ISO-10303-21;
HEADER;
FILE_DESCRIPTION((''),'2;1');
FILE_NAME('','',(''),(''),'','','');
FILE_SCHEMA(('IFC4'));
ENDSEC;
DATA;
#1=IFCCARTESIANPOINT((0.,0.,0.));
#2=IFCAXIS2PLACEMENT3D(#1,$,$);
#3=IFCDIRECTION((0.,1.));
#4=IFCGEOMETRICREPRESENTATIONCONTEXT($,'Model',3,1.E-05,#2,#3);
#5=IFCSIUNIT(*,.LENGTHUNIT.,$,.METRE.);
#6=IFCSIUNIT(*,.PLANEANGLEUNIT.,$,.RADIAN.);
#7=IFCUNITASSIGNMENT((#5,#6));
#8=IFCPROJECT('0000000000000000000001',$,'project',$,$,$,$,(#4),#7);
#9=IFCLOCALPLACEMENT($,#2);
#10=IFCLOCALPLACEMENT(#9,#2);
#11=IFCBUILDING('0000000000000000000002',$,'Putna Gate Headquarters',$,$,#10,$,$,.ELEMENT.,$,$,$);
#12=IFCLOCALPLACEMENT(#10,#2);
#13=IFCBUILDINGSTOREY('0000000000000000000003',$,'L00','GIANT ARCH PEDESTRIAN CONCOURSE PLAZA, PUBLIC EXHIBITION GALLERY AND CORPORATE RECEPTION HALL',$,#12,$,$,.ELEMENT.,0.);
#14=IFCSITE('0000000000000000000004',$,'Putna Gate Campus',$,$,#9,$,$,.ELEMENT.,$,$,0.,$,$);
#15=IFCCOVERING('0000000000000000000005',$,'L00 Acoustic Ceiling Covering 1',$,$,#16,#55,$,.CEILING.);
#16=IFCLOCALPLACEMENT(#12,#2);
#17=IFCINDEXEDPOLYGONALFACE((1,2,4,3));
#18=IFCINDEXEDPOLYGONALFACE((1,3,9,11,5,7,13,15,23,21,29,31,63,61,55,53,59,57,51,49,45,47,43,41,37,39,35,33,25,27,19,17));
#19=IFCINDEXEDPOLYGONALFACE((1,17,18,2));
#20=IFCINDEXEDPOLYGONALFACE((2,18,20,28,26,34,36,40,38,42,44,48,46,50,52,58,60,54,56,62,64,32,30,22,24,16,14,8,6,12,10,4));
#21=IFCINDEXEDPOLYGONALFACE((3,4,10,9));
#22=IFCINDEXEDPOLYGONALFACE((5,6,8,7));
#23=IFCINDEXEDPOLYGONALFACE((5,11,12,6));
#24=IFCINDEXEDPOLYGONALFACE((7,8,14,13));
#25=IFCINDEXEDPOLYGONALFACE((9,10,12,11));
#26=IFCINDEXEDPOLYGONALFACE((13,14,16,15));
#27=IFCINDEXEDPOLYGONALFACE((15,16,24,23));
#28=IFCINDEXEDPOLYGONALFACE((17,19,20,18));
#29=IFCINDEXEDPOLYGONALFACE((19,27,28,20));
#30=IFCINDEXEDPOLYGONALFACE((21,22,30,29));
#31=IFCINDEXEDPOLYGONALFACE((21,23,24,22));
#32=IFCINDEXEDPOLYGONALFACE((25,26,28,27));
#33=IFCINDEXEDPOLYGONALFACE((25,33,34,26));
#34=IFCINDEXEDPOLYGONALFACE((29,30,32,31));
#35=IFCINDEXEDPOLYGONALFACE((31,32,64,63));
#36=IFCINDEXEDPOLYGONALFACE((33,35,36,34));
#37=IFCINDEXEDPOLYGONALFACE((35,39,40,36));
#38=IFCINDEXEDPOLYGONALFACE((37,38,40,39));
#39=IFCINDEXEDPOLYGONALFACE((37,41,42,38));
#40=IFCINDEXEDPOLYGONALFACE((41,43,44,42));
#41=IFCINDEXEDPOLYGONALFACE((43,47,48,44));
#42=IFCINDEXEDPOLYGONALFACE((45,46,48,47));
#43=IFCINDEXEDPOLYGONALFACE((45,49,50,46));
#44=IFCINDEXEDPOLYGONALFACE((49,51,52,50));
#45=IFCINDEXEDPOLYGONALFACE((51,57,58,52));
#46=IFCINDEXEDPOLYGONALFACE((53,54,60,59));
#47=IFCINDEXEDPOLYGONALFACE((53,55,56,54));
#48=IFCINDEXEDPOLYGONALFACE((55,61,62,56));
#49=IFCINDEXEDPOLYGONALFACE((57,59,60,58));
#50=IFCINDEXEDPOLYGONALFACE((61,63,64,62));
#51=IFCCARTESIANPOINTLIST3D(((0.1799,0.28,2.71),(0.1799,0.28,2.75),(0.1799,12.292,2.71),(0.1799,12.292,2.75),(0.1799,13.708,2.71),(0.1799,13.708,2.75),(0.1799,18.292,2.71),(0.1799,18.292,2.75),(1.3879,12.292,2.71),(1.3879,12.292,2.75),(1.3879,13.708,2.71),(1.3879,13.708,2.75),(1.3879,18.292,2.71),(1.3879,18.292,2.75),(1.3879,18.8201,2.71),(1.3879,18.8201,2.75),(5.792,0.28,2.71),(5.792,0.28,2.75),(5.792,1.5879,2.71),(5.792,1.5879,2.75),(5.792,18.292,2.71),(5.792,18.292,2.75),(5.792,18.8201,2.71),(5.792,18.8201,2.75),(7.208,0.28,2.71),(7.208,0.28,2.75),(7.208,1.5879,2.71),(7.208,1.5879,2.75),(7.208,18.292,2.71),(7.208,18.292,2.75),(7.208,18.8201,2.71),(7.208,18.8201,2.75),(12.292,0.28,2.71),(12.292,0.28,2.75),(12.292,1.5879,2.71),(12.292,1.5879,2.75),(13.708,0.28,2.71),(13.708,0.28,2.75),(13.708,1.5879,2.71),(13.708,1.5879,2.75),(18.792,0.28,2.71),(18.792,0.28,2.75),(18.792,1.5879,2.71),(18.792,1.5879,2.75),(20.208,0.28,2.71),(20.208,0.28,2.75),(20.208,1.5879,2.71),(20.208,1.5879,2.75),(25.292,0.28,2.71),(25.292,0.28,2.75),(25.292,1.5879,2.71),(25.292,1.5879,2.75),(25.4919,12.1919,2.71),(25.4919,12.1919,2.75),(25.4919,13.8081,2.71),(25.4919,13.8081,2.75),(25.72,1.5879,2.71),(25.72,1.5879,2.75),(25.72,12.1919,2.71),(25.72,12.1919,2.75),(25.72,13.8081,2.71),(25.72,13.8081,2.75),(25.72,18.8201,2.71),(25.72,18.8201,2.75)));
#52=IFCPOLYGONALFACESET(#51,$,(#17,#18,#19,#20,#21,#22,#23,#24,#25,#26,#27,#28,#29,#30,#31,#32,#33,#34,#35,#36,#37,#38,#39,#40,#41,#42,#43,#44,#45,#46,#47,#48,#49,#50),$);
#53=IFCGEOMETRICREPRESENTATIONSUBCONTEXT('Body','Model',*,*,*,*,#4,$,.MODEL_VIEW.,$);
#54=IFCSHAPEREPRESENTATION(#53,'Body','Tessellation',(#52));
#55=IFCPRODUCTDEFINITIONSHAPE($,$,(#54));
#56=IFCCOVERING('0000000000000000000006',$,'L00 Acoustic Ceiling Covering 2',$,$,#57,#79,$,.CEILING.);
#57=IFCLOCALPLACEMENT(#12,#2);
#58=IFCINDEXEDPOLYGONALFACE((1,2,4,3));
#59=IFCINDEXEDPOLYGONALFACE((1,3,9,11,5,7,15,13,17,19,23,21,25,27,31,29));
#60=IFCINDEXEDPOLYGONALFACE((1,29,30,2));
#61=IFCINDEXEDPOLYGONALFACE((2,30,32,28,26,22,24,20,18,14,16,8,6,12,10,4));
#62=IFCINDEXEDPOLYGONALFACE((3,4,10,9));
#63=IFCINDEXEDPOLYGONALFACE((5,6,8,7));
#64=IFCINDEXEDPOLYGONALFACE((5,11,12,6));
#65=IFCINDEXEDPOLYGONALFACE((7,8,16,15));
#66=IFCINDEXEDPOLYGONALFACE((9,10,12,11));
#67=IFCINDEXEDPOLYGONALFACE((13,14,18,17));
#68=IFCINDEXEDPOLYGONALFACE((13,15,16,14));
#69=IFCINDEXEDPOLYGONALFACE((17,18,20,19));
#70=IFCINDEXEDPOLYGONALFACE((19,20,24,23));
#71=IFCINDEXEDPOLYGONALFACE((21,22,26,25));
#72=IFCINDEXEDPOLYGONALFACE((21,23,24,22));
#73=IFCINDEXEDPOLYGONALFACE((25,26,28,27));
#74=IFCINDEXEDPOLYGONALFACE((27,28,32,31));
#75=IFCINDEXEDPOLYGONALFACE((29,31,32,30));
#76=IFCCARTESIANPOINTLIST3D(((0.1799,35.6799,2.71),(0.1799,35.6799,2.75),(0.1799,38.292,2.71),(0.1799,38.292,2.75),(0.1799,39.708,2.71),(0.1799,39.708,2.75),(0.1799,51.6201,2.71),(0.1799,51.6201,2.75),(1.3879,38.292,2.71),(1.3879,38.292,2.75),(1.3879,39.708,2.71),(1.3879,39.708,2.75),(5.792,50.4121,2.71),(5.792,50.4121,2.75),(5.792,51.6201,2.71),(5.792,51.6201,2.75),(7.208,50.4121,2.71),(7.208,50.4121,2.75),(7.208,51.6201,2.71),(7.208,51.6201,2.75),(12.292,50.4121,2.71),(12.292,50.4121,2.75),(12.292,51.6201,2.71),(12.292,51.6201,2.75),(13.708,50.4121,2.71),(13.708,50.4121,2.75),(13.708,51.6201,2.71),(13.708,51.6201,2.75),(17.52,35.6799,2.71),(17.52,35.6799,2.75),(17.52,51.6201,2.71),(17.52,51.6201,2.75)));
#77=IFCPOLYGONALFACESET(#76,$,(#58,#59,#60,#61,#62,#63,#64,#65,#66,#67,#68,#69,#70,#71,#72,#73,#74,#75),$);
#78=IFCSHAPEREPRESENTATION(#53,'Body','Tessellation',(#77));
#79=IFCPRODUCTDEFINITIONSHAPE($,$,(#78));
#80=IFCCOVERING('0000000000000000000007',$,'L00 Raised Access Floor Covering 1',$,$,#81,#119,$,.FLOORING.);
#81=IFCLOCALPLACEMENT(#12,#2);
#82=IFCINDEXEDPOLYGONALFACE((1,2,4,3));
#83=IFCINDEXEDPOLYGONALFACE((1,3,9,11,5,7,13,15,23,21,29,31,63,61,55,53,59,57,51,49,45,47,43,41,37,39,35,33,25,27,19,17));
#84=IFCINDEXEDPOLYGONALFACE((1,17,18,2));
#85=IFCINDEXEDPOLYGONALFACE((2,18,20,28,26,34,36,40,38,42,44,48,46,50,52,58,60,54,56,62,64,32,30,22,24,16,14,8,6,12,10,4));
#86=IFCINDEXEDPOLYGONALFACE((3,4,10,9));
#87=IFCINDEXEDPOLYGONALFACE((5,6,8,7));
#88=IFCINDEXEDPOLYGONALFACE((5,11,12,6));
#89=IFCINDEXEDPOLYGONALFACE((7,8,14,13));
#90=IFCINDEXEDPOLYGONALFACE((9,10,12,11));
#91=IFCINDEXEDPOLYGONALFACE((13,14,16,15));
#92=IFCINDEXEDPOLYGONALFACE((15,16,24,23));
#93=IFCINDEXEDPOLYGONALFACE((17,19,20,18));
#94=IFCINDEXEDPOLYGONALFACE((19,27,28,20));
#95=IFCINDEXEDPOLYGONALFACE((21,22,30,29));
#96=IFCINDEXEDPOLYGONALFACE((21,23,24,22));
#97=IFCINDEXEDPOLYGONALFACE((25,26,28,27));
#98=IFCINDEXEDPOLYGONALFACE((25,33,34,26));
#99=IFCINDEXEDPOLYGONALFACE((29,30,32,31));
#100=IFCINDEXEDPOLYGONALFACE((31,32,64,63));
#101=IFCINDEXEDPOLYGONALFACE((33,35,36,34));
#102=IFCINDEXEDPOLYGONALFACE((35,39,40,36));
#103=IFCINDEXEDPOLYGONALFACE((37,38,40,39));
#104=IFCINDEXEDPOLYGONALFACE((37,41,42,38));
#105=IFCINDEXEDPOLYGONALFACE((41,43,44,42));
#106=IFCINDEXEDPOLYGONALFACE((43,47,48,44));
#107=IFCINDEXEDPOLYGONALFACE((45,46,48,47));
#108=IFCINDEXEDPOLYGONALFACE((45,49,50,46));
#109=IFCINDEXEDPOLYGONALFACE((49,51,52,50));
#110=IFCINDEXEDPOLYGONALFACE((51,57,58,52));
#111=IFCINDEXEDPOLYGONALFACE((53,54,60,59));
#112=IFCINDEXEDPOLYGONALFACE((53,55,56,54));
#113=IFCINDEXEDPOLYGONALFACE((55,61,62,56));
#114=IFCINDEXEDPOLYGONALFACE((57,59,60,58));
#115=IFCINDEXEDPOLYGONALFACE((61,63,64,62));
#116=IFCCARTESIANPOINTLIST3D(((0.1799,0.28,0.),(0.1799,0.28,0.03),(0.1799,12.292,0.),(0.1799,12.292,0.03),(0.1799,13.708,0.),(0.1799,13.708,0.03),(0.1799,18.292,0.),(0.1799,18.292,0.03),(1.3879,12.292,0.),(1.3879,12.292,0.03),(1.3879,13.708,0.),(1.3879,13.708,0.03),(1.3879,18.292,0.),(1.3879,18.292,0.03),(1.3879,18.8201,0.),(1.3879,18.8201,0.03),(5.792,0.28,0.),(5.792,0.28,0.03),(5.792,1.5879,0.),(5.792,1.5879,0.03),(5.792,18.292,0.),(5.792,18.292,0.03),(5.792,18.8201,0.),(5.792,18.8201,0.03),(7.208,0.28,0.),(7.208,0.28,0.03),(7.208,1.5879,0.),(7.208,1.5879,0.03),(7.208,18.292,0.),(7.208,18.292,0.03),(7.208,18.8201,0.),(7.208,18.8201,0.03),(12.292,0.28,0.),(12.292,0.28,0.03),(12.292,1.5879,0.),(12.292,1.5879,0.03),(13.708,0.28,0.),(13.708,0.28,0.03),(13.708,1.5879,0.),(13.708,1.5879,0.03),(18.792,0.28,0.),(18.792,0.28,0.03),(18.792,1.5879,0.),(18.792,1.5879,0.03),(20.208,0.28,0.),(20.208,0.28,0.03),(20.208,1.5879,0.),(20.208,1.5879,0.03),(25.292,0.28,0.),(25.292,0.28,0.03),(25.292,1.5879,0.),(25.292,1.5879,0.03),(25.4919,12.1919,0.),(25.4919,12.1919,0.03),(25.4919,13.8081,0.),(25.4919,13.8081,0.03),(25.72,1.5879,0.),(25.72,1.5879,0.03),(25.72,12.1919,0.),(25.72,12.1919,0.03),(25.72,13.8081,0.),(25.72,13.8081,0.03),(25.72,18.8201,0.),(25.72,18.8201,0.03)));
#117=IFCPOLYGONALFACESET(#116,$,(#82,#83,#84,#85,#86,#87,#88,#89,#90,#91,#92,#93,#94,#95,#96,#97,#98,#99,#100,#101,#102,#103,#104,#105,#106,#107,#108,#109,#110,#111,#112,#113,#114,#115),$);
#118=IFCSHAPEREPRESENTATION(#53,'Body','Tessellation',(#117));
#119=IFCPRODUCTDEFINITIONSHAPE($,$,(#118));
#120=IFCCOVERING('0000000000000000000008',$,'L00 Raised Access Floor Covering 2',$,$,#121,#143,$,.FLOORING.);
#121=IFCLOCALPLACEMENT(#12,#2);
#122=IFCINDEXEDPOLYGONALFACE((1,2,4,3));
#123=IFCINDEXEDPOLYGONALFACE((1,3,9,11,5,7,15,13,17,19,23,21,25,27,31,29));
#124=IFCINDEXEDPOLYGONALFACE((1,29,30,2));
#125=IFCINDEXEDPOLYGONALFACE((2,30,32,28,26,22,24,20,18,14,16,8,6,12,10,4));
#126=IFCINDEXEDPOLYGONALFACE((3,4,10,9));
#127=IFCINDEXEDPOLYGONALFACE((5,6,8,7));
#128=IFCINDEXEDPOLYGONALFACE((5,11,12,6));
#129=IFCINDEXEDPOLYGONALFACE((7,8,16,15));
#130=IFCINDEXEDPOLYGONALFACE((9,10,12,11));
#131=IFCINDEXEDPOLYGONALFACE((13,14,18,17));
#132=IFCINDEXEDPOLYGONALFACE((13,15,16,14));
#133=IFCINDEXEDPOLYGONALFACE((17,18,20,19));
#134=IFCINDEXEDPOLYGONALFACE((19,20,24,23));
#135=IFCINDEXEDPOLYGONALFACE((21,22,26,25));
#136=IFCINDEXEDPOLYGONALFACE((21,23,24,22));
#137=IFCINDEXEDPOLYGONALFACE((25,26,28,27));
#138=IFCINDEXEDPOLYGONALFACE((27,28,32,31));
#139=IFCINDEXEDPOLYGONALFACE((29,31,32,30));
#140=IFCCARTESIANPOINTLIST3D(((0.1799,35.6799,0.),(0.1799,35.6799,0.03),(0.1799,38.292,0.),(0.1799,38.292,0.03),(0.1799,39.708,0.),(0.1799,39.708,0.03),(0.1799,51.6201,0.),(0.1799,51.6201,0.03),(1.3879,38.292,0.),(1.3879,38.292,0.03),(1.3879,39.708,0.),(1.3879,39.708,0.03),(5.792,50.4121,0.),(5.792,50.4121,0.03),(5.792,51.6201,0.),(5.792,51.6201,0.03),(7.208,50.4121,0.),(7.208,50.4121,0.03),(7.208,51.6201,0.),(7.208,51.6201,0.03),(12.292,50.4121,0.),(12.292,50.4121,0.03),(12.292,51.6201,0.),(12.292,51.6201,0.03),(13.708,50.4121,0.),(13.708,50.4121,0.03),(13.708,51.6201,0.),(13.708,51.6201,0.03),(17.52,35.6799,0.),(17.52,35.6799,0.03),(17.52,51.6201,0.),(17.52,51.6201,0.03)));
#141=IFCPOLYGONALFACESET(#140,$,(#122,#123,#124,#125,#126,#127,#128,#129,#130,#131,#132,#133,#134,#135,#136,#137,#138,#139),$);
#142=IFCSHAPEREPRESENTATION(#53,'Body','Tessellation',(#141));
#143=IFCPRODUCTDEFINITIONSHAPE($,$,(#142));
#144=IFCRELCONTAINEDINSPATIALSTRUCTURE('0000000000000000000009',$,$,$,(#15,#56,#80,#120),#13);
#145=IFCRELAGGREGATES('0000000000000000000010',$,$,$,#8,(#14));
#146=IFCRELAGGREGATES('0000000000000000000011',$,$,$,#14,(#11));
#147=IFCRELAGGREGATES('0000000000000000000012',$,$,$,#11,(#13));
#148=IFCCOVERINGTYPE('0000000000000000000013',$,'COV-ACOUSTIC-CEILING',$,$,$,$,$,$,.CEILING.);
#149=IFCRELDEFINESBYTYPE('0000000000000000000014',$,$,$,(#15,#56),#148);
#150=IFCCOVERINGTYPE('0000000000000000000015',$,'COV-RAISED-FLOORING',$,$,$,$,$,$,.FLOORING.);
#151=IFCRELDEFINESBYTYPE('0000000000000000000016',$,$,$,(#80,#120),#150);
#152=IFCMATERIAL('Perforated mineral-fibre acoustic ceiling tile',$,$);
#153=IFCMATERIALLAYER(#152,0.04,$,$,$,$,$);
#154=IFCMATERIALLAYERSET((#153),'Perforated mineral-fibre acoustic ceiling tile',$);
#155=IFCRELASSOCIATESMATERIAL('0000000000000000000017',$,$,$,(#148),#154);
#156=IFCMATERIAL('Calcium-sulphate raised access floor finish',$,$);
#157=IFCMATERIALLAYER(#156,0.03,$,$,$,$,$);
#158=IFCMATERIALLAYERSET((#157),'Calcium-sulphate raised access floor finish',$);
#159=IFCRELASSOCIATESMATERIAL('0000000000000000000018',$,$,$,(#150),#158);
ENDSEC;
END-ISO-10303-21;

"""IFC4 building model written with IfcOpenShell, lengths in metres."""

from ifc_helpers import new_model, si_unit, direction, frame, origin, place, context, subcontext, project, spatial, polyline, outline, extrude, material, layer, layer_set, type_object, element, save


model = new_model("IFC4")

# Units and contexts
model_context = context("Model", 3, precision=1e-05, world=origin(), true_north=direction((0.0, 1.0)))
body_context = subcontext(model_context, "Body", "Model", "MODEL_VIEW")
ifc_project = project(units=[si_unit("LENGTHUNIT", "METRE"), si_unit("PLANEANGLEUNIT", "RADIAN")], contexts=[model_context])

# Site, building, storey
site_placement = place(None, origin())
site = spatial("IfcSite", under=ifc_project, at=site_placement, Name="Putna Gate Campus", CompositionType="ELEMENT", RefElevation=0.0)
building_placement = place(site_placement, origin())
building = spatial("IfcBuilding", under=site, at=building_placement, Name="Putna Gate Headquarters", CompositionType="ELEMENT")
storey_placement = place(building_placement, origin())
storey = spatial("IfcBuildingStorey", under=building, at=storey_placement, Name="L00", Description="GIANT ARCH PEDESTRIAN CONCOURSE PLAZA, PUBLIC EXHIBITION GALLERY AND CORPORATE RECEPTION HALL", CompositionType="ELEMENT", Elevation=0.0)

# Coverings
ifc_material_1 = material(Name="Perforated mineral-fibre acoustic ceiling tile")
ifc_layer_1 = layer(ifc_material_1, 0.04)
ifc_layer_set_1 = layer_set([ifc_layer_1], Name="Perforated mineral-fibre acoustic ceiling tile")
covering_type_1 = type_object("IfcCoveringType", Name="COV-ACOUSTIC-CEILING", PredefinedType="CEILING", material=ifc_layer_set_1)
covering_1_placement = place(storey_placement, frame((0.0, 0.0, 2.71)))
element("IfcCovering", 1, at=covering_1_placement, inside=storey, type_object=covering_type_1, Name="L00 Acoustic Ceiling Covering 1", PredefinedType="CEILING", context=body_context, shape_type="SweptSolid", body=[
    extrude(outline(polyline([(12.292, 1.5879), (13.708, 1.5879), (13.708, 0.28), (18.792, 0.28), (18.792, 1.5879), (20.208, 1.5879), (20.208, 0.28), (25.292, 0.28), (25.292, 1.5879), (25.72, 1.5879), (25.72, 12.1919), (25.4919, 12.1919), (25.4919, 13.8081), (25.72, 13.8081), (25.72, 18.8201), (7.208, 18.8201), (7.208, 18.292), (5.792, 18.292), (5.792, 18.8201), (1.3879, 18.8201), (1.3879, 18.292), (0.1799, 18.292), (0.1799, 13.708), (1.3879, 13.708), (1.3879, 12.292), (0.1799, 12.292), (0.1799, 0.28), (5.792, 0.28), (5.792, 1.5879), (7.208, 1.5879), (7.208, 0.28), (12.292, 0.28), (12.292, 1.5879)])), origin(), (0.0, 0.0, 1.0), 0.04),
])
covering_2_placement = place(storey_placement, frame((0.0, 0.0, 2.71)))
element("IfcCovering", 2, at=covering_2_placement, inside=storey, type_object=covering_type_1, Name="L00 Acoustic Ceiling Covering 2", PredefinedType="CEILING", context=body_context, shape_type="SweptSolid", body=[
    extrude(outline(polyline([(0.1799, 39.708), (1.3879, 39.708), (1.3879, 38.292), (0.1799, 38.292), (0.1799, 35.6799), (17.52, 35.6799), (17.52, 51.6201), (13.708, 51.6201), (13.708, 50.4121), (12.292, 50.4121), (12.292, 51.6201), (7.208, 51.6201), (7.208, 50.4121), (5.792, 50.4121), (5.792, 51.6201), (0.1799, 51.6201), (0.1799, 39.708)])), origin(), (0.0, 0.0, 1.0), 0.04),
])
ifc_material_2 = material(Name="Calcium-sulphate raised access floor finish")
ifc_layer_2 = layer(ifc_material_2, 0.03)
ifc_layer_set_2 = layer_set([ifc_layer_2], Name="Calcium-sulphate raised access floor finish")
covering_type_2 = type_object("IfcCoveringType", Name="COV-RAISED-FLOORING", PredefinedType="FLOORING", material=ifc_layer_set_2)
covering_3_placement = place(storey_placement, origin())
element("IfcCovering", 3, at=covering_3_placement, inside=storey, type_object=covering_type_2, Name="L00 Raised Access Floor Covering 1", PredefinedType="FLOORING", context=body_context, shape_type="SweptSolid", body=[
    extrude(outline(polyline([(12.292, 1.5879), (13.708, 1.5879), (13.708, 0.28), (18.792, 0.28), (18.792, 1.5879), (20.208, 1.5879), (20.208, 0.28), (25.292, 0.28), (25.292, 1.5879), (25.72, 1.5879), (25.72, 12.1919), (25.4919, 12.1919), (25.4919, 13.8081), (25.72, 13.8081), (25.72, 18.8201), (7.208, 18.8201), (7.208, 18.292), (5.792, 18.292), (5.792, 18.8201), (1.3879, 18.8201), (1.3879, 18.292), (0.1799, 18.292), (0.1799, 13.708), (1.3879, 13.708), (1.3879, 12.292), (0.1799, 12.292), (0.1799, 0.28), (5.792, 0.28), (5.792, 1.5879), (7.208, 1.5879), (7.208, 0.28), (12.292, 0.28), (12.292, 1.5879)])), origin(), (0.0, 0.0, 1.0), 0.03),
])
covering_4_placement = place(storey_placement, origin())
element("IfcCovering", 4, at=covering_4_placement, inside=storey, type_object=covering_type_2, Name="L00 Raised Access Floor Covering 2", PredefinedType="FLOORING", context=body_context, shape_type="SweptSolid", body=[
    extrude(outline(polyline([(0.1799, 39.708), (1.3879, 39.708), (1.3879, 38.292), (0.1799, 38.292), (0.1799, 35.6799), (17.52, 35.6799), (17.52, 51.6201), (13.708, 51.6201), (13.708, 50.4121), (12.292, 50.4121), (12.292, 51.6201), (7.208, 51.6201), (7.208, 50.4121), (5.792, 50.4121), (5.792, 51.6201), (0.1799, 51.6201), (0.1799, 39.708)])), origin(), (0.0, 0.0, 1.0), 0.03),
])

save(model, "model.ifc")
